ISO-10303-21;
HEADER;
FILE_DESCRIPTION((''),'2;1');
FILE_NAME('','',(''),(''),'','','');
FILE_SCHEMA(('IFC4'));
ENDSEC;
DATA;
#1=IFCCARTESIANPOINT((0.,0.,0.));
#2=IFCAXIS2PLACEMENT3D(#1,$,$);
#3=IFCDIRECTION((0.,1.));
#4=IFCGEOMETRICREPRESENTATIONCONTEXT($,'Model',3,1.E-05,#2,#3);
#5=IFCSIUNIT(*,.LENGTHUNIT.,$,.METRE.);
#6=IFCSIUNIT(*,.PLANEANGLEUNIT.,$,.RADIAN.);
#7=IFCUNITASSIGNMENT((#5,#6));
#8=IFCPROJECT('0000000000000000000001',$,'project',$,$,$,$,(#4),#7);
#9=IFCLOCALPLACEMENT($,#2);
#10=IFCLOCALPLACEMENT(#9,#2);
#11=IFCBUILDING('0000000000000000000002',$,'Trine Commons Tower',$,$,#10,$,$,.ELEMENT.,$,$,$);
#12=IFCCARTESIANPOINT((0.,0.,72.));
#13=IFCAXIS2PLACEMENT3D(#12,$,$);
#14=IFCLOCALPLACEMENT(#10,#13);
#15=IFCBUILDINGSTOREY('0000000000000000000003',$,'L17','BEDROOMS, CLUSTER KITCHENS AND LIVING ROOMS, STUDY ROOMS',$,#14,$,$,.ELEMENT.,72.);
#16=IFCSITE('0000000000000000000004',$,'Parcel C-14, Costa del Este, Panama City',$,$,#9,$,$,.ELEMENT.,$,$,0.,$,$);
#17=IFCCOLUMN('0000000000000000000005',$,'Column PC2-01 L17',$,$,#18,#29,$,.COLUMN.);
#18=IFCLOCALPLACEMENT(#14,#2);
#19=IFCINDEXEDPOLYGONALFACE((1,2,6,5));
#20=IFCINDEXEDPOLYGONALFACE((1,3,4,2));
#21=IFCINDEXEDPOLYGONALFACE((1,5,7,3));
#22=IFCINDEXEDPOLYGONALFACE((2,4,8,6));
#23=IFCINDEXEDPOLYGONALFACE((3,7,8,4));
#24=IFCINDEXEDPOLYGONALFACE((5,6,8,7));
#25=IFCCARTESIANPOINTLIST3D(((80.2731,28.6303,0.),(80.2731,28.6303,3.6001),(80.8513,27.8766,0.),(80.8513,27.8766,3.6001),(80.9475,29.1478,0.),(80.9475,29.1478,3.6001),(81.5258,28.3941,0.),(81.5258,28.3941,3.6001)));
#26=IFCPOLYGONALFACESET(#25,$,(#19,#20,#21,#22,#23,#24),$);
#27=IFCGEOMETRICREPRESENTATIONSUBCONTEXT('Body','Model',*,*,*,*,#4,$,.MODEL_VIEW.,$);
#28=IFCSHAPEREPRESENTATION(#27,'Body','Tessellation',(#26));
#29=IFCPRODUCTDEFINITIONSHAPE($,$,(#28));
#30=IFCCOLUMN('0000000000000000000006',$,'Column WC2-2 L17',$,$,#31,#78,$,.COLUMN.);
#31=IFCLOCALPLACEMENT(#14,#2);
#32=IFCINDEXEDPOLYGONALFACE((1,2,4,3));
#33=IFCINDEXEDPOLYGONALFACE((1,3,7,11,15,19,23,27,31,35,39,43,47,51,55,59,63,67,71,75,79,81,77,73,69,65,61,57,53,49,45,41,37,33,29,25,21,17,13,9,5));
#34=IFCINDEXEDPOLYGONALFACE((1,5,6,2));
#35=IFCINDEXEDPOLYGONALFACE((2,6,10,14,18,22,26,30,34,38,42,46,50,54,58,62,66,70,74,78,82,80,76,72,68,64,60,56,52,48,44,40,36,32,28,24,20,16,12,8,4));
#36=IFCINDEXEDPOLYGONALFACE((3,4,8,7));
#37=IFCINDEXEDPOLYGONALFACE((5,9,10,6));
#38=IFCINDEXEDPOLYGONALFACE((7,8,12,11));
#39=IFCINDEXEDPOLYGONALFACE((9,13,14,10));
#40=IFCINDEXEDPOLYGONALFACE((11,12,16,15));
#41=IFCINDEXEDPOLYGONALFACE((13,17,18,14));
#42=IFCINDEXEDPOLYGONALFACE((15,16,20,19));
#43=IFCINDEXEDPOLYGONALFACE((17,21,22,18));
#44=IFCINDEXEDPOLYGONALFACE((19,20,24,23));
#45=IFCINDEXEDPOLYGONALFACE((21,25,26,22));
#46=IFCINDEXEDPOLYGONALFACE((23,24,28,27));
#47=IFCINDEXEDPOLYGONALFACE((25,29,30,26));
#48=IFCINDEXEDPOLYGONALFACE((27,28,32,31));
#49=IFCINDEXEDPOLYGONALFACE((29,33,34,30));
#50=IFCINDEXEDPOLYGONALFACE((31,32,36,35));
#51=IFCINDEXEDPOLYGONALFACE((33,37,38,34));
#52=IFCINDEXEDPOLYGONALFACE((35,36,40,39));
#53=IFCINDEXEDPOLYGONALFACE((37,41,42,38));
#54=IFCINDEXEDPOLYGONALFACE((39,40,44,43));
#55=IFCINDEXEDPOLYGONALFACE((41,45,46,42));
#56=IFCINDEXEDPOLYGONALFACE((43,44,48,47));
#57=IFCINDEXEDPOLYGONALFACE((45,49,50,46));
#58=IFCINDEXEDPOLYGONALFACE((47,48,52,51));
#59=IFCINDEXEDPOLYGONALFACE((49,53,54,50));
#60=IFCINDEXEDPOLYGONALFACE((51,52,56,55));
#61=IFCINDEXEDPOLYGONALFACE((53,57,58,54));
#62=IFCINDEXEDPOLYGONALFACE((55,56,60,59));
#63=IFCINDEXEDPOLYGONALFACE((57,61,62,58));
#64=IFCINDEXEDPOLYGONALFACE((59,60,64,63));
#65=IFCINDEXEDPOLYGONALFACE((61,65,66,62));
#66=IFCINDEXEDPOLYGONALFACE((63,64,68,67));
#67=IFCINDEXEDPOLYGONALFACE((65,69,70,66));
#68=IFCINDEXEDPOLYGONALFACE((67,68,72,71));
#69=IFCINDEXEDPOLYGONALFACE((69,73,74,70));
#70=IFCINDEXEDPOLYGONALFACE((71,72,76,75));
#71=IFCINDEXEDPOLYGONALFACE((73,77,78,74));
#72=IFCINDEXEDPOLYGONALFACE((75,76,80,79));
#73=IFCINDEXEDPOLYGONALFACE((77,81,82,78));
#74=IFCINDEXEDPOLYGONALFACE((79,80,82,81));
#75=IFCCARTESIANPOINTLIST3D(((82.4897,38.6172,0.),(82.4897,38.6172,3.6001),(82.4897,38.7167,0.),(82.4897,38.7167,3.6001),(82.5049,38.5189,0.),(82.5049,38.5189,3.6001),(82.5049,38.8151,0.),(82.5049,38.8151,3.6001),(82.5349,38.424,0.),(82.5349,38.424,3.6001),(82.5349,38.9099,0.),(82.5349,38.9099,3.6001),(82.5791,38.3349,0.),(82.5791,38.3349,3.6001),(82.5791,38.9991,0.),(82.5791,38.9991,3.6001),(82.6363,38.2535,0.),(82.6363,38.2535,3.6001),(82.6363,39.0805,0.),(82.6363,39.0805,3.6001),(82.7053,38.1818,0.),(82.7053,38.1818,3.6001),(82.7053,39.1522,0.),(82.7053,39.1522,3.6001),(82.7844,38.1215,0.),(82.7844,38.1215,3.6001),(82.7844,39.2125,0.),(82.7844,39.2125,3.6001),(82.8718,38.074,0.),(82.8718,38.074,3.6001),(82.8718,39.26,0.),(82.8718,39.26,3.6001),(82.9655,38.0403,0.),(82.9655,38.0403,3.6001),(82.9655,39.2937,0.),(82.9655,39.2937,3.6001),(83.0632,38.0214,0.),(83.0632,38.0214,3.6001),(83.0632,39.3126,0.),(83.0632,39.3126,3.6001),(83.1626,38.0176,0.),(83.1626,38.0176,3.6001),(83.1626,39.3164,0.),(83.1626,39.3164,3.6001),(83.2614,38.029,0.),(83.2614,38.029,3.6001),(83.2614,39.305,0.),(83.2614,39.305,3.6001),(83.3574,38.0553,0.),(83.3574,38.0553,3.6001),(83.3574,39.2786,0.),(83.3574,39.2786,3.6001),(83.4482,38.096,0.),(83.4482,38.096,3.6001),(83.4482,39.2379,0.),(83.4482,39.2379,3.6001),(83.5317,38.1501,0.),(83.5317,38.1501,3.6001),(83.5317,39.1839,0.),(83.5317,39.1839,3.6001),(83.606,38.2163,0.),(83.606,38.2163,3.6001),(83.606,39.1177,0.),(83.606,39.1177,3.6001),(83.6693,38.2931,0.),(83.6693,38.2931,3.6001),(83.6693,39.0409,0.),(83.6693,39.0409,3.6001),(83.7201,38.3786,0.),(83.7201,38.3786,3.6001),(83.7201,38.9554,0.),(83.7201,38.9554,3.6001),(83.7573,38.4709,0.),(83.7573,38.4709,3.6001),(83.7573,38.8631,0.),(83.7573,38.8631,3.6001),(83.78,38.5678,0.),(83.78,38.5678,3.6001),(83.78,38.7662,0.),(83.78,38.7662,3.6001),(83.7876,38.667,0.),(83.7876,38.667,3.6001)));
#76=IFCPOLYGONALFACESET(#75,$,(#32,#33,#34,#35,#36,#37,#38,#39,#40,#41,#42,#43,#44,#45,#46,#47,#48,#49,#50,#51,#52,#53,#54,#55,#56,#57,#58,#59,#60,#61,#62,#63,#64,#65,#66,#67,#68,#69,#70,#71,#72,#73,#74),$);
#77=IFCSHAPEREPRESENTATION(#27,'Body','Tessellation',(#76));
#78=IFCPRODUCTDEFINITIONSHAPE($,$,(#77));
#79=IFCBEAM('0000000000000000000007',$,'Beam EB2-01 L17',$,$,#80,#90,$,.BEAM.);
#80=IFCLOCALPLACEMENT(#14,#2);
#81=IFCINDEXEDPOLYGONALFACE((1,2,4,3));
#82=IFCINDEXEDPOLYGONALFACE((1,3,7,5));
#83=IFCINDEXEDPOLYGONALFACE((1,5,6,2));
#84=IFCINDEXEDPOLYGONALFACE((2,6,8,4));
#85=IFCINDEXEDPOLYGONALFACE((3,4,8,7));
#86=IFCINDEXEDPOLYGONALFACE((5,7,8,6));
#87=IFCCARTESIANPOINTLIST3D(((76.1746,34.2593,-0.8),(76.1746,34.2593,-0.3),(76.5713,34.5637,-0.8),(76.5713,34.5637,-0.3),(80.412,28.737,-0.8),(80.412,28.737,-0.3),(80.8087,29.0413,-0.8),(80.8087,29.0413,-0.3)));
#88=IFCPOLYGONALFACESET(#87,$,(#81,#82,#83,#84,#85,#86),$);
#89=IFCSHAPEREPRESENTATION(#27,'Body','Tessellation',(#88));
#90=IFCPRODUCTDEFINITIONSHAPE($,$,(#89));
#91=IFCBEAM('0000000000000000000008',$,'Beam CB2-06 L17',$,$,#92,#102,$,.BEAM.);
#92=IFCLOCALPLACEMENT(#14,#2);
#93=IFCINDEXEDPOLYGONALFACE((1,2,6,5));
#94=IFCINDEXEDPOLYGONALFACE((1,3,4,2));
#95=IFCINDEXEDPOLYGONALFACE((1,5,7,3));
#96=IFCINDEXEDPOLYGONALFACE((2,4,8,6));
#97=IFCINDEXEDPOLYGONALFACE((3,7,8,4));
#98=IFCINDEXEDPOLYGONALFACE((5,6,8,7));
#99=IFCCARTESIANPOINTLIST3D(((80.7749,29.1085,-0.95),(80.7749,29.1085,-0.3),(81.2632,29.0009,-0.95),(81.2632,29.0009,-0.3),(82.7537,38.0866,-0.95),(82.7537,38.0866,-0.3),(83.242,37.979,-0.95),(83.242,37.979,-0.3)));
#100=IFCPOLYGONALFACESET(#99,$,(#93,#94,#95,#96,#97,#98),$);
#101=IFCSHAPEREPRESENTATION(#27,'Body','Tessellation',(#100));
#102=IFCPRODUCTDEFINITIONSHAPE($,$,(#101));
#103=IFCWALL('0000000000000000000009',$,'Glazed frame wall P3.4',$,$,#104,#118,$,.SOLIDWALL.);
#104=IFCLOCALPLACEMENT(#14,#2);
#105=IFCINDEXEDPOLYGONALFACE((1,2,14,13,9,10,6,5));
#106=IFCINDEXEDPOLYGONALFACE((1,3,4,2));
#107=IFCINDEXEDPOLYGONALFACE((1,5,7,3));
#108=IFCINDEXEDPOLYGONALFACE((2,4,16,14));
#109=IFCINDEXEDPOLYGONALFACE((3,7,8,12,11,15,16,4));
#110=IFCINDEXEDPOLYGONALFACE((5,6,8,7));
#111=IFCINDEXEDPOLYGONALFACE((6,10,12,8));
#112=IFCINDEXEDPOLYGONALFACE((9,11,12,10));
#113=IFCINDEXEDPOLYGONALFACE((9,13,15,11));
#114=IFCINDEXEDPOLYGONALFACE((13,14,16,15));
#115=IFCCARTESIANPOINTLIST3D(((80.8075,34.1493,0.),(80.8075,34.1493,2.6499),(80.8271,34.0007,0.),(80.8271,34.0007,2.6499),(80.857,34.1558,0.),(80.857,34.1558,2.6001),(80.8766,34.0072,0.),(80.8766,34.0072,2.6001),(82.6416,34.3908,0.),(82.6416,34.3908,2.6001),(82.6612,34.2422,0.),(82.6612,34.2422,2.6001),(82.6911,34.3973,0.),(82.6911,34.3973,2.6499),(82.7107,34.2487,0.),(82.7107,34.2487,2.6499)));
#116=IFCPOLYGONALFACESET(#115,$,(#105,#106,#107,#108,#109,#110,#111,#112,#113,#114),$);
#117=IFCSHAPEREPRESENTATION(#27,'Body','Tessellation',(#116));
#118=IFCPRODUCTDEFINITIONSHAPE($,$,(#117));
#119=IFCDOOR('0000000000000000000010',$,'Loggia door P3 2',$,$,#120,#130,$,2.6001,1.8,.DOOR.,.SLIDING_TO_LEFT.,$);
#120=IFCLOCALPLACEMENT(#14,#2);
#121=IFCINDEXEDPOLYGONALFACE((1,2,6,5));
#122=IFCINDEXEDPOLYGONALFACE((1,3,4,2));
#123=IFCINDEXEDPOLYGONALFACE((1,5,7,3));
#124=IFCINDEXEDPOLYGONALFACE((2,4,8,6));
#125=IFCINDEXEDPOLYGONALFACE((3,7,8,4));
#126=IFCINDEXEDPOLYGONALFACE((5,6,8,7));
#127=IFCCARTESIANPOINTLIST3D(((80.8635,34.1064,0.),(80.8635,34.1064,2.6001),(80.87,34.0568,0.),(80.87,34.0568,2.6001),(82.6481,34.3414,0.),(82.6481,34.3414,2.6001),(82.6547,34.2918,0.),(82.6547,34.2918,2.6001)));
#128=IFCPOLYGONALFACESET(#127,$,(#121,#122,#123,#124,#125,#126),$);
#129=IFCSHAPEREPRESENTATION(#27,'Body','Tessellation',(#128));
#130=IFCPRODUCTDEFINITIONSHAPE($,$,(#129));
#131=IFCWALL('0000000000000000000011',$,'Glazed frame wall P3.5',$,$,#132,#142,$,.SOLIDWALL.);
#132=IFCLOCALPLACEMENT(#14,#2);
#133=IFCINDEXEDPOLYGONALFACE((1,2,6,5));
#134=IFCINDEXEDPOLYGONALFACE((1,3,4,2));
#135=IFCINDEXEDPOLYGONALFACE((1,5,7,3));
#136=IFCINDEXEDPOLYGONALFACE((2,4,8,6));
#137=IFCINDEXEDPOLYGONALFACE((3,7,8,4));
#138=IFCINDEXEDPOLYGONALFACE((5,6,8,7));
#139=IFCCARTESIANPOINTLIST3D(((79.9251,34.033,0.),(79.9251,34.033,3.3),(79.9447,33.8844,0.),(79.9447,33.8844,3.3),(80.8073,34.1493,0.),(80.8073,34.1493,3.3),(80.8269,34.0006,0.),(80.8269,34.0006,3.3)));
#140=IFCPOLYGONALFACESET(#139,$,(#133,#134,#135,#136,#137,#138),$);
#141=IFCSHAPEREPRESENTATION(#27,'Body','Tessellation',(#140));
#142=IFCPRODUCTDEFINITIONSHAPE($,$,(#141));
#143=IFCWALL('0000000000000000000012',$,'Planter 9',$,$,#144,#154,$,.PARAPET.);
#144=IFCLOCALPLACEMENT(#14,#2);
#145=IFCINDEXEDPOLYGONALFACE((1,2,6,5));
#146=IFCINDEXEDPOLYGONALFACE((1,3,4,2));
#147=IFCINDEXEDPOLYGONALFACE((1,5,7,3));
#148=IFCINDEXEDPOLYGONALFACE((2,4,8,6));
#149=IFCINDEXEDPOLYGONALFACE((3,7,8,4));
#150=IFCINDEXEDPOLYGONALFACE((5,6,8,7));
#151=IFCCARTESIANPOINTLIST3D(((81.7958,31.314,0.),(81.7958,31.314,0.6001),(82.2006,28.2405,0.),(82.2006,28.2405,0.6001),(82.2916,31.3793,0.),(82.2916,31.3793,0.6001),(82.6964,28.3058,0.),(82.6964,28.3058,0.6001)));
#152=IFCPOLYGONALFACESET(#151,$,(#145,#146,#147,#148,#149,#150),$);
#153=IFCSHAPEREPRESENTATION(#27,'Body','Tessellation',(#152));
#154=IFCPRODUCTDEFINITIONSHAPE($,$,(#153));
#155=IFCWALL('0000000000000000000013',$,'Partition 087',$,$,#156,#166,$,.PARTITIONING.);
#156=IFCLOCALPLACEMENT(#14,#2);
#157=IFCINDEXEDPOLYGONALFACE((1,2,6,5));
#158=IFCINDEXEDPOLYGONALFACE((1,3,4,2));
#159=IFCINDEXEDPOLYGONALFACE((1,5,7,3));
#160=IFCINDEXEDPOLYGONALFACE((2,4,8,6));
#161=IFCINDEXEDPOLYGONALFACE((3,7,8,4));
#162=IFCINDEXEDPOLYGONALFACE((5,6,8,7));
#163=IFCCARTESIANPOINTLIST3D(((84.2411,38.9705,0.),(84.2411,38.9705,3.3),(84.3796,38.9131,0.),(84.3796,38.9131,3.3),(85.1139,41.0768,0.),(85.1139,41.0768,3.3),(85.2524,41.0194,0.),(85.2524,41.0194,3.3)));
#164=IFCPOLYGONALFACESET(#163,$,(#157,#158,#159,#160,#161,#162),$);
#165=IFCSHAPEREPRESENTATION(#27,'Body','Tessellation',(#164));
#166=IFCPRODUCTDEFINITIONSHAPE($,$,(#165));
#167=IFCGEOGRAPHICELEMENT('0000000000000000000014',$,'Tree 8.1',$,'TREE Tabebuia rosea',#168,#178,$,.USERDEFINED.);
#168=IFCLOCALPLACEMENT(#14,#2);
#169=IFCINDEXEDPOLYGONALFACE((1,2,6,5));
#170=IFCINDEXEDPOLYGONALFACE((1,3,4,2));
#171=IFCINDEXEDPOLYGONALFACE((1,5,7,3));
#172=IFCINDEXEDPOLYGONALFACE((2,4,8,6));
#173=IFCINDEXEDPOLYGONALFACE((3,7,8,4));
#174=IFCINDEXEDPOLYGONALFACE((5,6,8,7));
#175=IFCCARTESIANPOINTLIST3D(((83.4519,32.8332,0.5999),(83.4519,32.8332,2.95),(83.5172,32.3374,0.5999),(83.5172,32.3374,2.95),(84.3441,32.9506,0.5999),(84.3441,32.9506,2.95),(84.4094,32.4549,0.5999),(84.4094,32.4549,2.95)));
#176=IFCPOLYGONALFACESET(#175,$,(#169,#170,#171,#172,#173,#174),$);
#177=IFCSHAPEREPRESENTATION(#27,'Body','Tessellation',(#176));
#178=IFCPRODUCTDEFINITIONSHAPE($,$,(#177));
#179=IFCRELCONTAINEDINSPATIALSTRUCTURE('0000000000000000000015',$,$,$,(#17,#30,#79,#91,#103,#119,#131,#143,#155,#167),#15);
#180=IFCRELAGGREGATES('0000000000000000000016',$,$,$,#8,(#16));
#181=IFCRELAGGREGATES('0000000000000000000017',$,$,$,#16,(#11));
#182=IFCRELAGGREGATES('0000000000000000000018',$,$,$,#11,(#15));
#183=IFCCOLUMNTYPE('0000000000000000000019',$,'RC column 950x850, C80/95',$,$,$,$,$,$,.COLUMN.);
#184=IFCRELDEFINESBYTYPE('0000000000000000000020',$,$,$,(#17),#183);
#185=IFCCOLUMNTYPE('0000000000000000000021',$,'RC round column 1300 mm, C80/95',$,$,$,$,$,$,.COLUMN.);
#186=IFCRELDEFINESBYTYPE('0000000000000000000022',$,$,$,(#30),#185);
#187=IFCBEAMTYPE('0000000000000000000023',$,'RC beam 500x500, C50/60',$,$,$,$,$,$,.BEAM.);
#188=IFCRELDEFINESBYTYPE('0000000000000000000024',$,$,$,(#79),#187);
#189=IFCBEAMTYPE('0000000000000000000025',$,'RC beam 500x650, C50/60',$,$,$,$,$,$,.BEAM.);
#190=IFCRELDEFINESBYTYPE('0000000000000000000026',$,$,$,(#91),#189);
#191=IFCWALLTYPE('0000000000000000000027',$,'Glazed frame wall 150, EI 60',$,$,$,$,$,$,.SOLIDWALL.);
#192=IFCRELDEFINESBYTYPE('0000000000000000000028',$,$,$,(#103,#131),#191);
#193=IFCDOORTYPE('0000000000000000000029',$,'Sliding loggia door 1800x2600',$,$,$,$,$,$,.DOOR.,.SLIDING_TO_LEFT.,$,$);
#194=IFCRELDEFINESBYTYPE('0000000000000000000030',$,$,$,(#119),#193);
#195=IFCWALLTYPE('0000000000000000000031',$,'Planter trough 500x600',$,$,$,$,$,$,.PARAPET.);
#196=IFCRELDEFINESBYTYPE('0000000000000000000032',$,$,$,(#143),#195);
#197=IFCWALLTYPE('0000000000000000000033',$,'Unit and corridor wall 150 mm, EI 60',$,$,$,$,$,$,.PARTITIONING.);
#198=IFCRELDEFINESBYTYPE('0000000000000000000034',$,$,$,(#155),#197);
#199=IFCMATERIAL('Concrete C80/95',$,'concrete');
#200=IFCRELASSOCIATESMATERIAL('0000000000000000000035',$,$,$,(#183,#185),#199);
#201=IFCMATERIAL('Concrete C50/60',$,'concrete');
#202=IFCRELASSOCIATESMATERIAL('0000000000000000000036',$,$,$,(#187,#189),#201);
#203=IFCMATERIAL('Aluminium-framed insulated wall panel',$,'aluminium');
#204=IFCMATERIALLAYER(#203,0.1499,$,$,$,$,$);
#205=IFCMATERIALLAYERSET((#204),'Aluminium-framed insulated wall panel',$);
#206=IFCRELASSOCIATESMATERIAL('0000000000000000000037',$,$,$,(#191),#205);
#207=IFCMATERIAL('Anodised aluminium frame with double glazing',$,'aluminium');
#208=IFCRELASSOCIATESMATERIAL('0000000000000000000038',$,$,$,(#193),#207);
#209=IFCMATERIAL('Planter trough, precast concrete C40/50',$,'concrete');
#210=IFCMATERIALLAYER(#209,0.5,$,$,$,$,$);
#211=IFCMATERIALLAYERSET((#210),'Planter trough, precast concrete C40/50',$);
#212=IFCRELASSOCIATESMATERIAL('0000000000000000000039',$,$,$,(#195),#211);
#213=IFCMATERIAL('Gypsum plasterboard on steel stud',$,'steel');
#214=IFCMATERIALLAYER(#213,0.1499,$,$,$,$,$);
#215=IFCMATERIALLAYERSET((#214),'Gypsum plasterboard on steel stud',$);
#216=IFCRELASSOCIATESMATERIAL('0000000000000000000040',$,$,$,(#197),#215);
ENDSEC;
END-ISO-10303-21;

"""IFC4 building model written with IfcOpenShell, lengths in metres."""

from ifc_helpers import new_model, si_unit, direction, frame, frame_2d, origin, origin_2d, place, context, subcontext, project, spatial, polyline, rectangle, circle, outline, extrude, material, layer, layer_set, material_profile, profile_set, type_object, element, fill, save


model = new_model("IFC4")

# Units and contexts
model_context = context("Model", 3, precision=1e-05, world=origin(), true_north=direction((0.0, 1.0)))
body_context = subcontext(model_context, "Body", "Model", "MODEL_VIEW")
ifc_project = project(units=[si_unit("LENGTHUNIT", "METRE"), si_unit("PLANEANGLEUNIT", "RADIAN")], contexts=[model_context])

# Site, building, storey
site_placement = place(None, origin())
site = spatial("IfcSite", under=ifc_project, at=site_placement, Name="Parcel C-14, Costa del Este, Panama City", CompositionType="ELEMENT", RefElevation=0.0)
building_placement = place(site_placement, origin())
building = spatial("IfcBuilding", under=site, at=building_placement, Name="Trine Commons Tower", CompositionType="ELEMENT")
storey_placement = place(building_placement, frame((0.0, 0.0, 72.0)))
storey = spatial("IfcBuildingStorey", under=building, at=storey_placement, Name="L17", Description="BEDROOMS, CLUSTER KITCHENS AND LIVING ROOMS, STUDY ROOMS", CompositionType="ELEMENT", Elevation=72.0)

# Columns
ifc_material_1 = material(Name="Concrete C80/95", Category="concrete")
ifc_material_profile_1 = material_profile(ifc_material_1, rectangle(XDim=0.95, YDim=0.8501, at=origin_2d()), Name="RC 950x850")
ifc_profile_set_1 = profile_set([ifc_material_profile_1], Name="Concrete C80/95")
column_type_1 = type_object("IfcColumnType", Name="RC column 950x850, C80/95", PredefinedType="COLUMN", material=ifc_profile_set_1)
column_1_placement = place(storey_placement, frame((80.8994, 28.5122, 0.0), z_axis=(0.0, 0.0, 1.0), x_axis=(-0.608761, 0.793353, 0.0)))
element("IfcColumn", 1, at=column_1_placement, inside=storey, type_object=column_type_1, Name="Column PC2-01 L17", PredefinedType="COLUMN", context=body_context, shape_type="SweptSolid", body=[
    extrude(rectangle(XDim=0.95, YDim=0.8501, at=origin_2d()), origin(), (0.0, 0.0, 1.0), 3.6001),
])
ifc_material_profile_2 = material_profile(ifc_material_1, circle(Radius=0.6499, at=origin_2d()), Name="RC round 1300")
ifc_profile_set_2 = profile_set([ifc_material_profile_2], Name="Concrete C80/95")
column_type_2 = type_object("IfcColumnType", Name="RC round column 1300 mm, C80/95", PredefinedType="COLUMN", material=ifc_profile_set_2)
column_2_placement = place(storey_placement, frame((83.1377, 38.667, 0.0), z_axis=(0.0, 0.0, 1.0), x_axis=(1.0, 0.0, 0.0)))
element("IfcColumn", 2, at=column_2_placement, inside=storey, type_object=column_type_2, Name="Column WC2-2 L17", PredefinedType="COLUMN", context=body_context, shape_type="SweptSolid", body=[
    extrude(circle(Radius=0.6499, at=origin_2d()), origin(), (0.0, 0.0, 1.0), 3.6001),
])

# Beams
ifc_material_2 = material(Name="Concrete C50/60", Category="concrete")
ifc_material_profile_3 = material_profile(ifc_material_2, rectangle(XDim=0.5, YDim=0.5, at=origin_2d()), Name="RC 500x500")
ifc_profile_set_3 = profile_set([ifc_material_profile_3], Name="Concrete C50/60")
beam_type_1 = type_object("IfcBeamType", Name="RC beam 500x500, C50/60", PredefinedType="BEAM", material=ifc_profile_set_3)
beam_1_placement = place(storey_placement, frame((80.6104, 28.8892, -0.55), z_axis=(-0.608758, 0.793356, 0.0), x_axis=(-0.793356, -0.608758, 0.0)))
element("IfcBeam", 3, at=beam_1_placement, inside=storey, type_object=beam_type_1, Name="Beam EB2-01 L17", PredefinedType="BEAM", context=body_context, shape_type="SweptSolid", body=[
    extrude(rectangle(XDim=0.5, YDim=0.5, at=origin_2d()), origin(), (0.0, 0.0, 1.0), 6.9607),
])
ifc_material_profile_4 = material_profile(ifc_material_2, rectangle(XDim=0.5, YDim=0.6499, at=origin_2d()), Name="RC 500x650")
ifc_profile_set_4 = profile_set([ifc_material_profile_4], Name="Concrete C50/60")
beam_type_2 = type_object("IfcBeamType", Name="RC beam 500x650, C50/60", PredefinedType="BEAM", material=ifc_profile_set_4)
beam_2_placement = place(storey_placement, frame((81.019, 29.0547, -0.625), z_axis=(0.215235, 0.976562, 0.0), x_axis=(-0.976562, 0.215235, 0.0)))
element("IfcBeam", 4, at=beam_2_placement, inside=storey, type_object=beam_type_2, Name="Beam CB2-06 L17", PredefinedType="BEAM", context=body_context, shape_type="SweptSolid", body=[
    extrude(rectangle(XDim=0.5, YDim=0.6499, at=origin_2d()), origin(), (0.0, 0.0, 1.0), 9.1936),
])

# Wall, opening, door
ifc_material_3 = material(Name="Aluminium-framed insulated wall panel", Category="aluminium")
ifc_layer_1 = layer(ifc_material_3, 0.1499)
ifc_layer_set_1 = layer_set([ifc_layer_1], Name="Aluminium-framed insulated wall panel")
wall_type_1 = type_object("IfcWallType", Name="Glazed frame wall 150, EI 60", PredefinedType="SOLIDWALL", material=ifc_layer_set_1)
wall_1_placement = place(storey_placement, frame((82.7009, 34.323, 0.0), z_axis=(0.0, 0.0, 1.0), x_axis=(-0.991442, -0.130548, 0.0)))
wall_1 = element("IfcWall", 5, at=wall_1_placement, inside=storey, type_object=wall_type_1, Name="Glazed frame wall P3.4", PredefinedType="SOLIDWALL", context=body_context, shape_type="SweptSolid", body=[
    extrude(outline(polyline([(0.0, -0.075), (1.8999, -0.075), (1.8999, 0.075), (0.0, 0.075), (0.0, -0.075)])), origin(), (0.0, 0.0, 1.0), 2.6499),
])
opening_1_placement = place(wall_1_placement, frame((0.05, 0.0, 0.0)))
opening_1 = element("IfcOpeningElement", 6, at=opening_1_placement, cuts=wall_1, PredefinedType="OPENING", context=body_context, shape_type="SweptSolid", body=[
    extrude(rectangle(XDim=1.8, YDim=2.6001, at=frame_2d((0.8999, 1.3))), frame((0.0, 0.085, 0.0), z_axis=(0.0, -1.0, 0.0), x_axis=(1.0, 0.0, 0.0)), (0.0, 0.0, 1.0), 0.1699),
])
ifc_material_4 = material(Name="Anodised aluminium frame with double glazing", Category="aluminium")
door_type = type_object("IfcDoorType", Name="Sliding loggia door 1800x2600", OperationType="SLIDING_TO_LEFT", PredefinedType="DOOR", material=ifc_material_4)
door_1_placement = place(opening_1_placement, origin())
door_1 = element("IfcDoor", 7, at=door_1_placement, inside=storey, type_object=door_type, Name="Loggia door P3 2", OperationType="SLIDING_TO_LEFT", OverallHeight=2.6001, OverallWidth=1.8, PredefinedType="DOOR", context=body_context, shape_type="SweptSolid", body=[
    extrude(rectangle(XDim=1.8, YDim=2.6001, at=frame_2d((0.8999, 1.3))), frame((0.0, 0.0249, 0.0), z_axis=(0.0, -1.0, 0.0), x_axis=(1.0, 0.0, 0.0)), (0.0, 0.0, 1.0), 0.05),
])
fill(opening_1, door_1)

# Wall
wall_2_placement = place(storey_placement, frame((80.8171, 34.075, 0.0), z_axis=(0.0, 0.0, 1.0), x_axis=(-0.991434, -0.130612, 0.0)))
element("IfcWall", 8, at=wall_2_placement, inside=storey, type_object=wall_type_1, Name="Glazed frame wall P3.5", PredefinedType="SOLIDWALL", context=body_context, shape_type="SweptSolid", body=[
    extrude(outline(polyline([(0.8899, 0.075), (0.0, 0.075), (0.0, -0.075), (0.8899, -0.075), (0.8899, 0.075)])), origin(), (0.0, 0.0, 1.0), 3.3),
])

# Walls
ifc_material_5 = material(Name="Planter trough, precast concrete C40/50", Category="concrete")
ifc_layer_2 = layer(ifc_material_5, 0.5)
ifc_layer_set_2 = layer_set([ifc_layer_2], Name="Planter trough, precast concrete C40/50")
wall_type_2 = type_object("IfcWallType", Name="Planter trough 500x600", PredefinedType="PARAPET", material=ifc_layer_set_2)
wall_3_placement = place(storey_placement, frame((82.0437, 31.3467, 0.0), z_axis=(0.0, 0.0, 1.0), x_axis=(0.130575, -0.991438, 0.0)))
element("IfcWall", 9, at=wall_3_placement, inside=storey, type_object=wall_type_2, Name="Planter 9", PredefinedType="PARAPET", context=body_context, shape_type="SweptSolid", body=[
    extrude(rectangle(XDim=3.1001, YDim=0.5, at=frame_2d((1.55, 0.0))), origin(), (0.0, 0.0, 1.0), 0.6001),
])
ifc_material_6 = material(Name="Gypsum plasterboard on steel stud", Category="steel")
ifc_layer_3 = layer(ifc_material_6, 0.1499)
ifc_layer_set_3 = layer_set([ifc_layer_3], Name="Gypsum plasterboard on steel stud")
wall_type_3 = type_object("IfcWallType", Name="Unit and corridor wall 150 mm, EI 60", PredefinedType="PARTITIONING", material=ifc_layer_set_3)
wall_4_placement = place(storey_placement, frame((84.3103, 38.9417, 0.0), z_axis=(0.0, 0.0, 1.0), x_axis=(0.38279, 0.923835, 0.0)))
element("IfcWall", 10, at=wall_4_placement, inside=storey, type_object=wall_type_3, Name="Partition 087", PredefinedType="PARTITIONING", context=body_context, shape_type="SweptSolid", body=[
    extrude(rectangle(XDim=2.28, YDim=0.1499, at=frame_2d((1.1401, 0.0))), origin(), (0.0, 0.0, 1.0), 3.3),
])

# Geographic element
for number, where, z_axis, x_axis, name in (
    (11, (83.9307, 32.644, 0.5999), (0.0, 0.0, 1.0), (-0.991443, -0.130543, 0.0), "Tree 8.1"),
):
    element("IfcGeographicElement", number, at=place(storey_placement, frame(where, z_axis=z_axis, x_axis=x_axis)), inside=storey, Name=name, ObjectType="TREE Tabebuia rosea", PredefinedType="USERDEFINED", context=body_context, shape_type="SweptSolid", body=[
        extrude(rectangle(XDim=0.8999, YDim=0.5, at=origin_2d()), origin(), (0.0, 0.0, 1.0), 2.3501),
    ])

save(model, "model.ifc")
